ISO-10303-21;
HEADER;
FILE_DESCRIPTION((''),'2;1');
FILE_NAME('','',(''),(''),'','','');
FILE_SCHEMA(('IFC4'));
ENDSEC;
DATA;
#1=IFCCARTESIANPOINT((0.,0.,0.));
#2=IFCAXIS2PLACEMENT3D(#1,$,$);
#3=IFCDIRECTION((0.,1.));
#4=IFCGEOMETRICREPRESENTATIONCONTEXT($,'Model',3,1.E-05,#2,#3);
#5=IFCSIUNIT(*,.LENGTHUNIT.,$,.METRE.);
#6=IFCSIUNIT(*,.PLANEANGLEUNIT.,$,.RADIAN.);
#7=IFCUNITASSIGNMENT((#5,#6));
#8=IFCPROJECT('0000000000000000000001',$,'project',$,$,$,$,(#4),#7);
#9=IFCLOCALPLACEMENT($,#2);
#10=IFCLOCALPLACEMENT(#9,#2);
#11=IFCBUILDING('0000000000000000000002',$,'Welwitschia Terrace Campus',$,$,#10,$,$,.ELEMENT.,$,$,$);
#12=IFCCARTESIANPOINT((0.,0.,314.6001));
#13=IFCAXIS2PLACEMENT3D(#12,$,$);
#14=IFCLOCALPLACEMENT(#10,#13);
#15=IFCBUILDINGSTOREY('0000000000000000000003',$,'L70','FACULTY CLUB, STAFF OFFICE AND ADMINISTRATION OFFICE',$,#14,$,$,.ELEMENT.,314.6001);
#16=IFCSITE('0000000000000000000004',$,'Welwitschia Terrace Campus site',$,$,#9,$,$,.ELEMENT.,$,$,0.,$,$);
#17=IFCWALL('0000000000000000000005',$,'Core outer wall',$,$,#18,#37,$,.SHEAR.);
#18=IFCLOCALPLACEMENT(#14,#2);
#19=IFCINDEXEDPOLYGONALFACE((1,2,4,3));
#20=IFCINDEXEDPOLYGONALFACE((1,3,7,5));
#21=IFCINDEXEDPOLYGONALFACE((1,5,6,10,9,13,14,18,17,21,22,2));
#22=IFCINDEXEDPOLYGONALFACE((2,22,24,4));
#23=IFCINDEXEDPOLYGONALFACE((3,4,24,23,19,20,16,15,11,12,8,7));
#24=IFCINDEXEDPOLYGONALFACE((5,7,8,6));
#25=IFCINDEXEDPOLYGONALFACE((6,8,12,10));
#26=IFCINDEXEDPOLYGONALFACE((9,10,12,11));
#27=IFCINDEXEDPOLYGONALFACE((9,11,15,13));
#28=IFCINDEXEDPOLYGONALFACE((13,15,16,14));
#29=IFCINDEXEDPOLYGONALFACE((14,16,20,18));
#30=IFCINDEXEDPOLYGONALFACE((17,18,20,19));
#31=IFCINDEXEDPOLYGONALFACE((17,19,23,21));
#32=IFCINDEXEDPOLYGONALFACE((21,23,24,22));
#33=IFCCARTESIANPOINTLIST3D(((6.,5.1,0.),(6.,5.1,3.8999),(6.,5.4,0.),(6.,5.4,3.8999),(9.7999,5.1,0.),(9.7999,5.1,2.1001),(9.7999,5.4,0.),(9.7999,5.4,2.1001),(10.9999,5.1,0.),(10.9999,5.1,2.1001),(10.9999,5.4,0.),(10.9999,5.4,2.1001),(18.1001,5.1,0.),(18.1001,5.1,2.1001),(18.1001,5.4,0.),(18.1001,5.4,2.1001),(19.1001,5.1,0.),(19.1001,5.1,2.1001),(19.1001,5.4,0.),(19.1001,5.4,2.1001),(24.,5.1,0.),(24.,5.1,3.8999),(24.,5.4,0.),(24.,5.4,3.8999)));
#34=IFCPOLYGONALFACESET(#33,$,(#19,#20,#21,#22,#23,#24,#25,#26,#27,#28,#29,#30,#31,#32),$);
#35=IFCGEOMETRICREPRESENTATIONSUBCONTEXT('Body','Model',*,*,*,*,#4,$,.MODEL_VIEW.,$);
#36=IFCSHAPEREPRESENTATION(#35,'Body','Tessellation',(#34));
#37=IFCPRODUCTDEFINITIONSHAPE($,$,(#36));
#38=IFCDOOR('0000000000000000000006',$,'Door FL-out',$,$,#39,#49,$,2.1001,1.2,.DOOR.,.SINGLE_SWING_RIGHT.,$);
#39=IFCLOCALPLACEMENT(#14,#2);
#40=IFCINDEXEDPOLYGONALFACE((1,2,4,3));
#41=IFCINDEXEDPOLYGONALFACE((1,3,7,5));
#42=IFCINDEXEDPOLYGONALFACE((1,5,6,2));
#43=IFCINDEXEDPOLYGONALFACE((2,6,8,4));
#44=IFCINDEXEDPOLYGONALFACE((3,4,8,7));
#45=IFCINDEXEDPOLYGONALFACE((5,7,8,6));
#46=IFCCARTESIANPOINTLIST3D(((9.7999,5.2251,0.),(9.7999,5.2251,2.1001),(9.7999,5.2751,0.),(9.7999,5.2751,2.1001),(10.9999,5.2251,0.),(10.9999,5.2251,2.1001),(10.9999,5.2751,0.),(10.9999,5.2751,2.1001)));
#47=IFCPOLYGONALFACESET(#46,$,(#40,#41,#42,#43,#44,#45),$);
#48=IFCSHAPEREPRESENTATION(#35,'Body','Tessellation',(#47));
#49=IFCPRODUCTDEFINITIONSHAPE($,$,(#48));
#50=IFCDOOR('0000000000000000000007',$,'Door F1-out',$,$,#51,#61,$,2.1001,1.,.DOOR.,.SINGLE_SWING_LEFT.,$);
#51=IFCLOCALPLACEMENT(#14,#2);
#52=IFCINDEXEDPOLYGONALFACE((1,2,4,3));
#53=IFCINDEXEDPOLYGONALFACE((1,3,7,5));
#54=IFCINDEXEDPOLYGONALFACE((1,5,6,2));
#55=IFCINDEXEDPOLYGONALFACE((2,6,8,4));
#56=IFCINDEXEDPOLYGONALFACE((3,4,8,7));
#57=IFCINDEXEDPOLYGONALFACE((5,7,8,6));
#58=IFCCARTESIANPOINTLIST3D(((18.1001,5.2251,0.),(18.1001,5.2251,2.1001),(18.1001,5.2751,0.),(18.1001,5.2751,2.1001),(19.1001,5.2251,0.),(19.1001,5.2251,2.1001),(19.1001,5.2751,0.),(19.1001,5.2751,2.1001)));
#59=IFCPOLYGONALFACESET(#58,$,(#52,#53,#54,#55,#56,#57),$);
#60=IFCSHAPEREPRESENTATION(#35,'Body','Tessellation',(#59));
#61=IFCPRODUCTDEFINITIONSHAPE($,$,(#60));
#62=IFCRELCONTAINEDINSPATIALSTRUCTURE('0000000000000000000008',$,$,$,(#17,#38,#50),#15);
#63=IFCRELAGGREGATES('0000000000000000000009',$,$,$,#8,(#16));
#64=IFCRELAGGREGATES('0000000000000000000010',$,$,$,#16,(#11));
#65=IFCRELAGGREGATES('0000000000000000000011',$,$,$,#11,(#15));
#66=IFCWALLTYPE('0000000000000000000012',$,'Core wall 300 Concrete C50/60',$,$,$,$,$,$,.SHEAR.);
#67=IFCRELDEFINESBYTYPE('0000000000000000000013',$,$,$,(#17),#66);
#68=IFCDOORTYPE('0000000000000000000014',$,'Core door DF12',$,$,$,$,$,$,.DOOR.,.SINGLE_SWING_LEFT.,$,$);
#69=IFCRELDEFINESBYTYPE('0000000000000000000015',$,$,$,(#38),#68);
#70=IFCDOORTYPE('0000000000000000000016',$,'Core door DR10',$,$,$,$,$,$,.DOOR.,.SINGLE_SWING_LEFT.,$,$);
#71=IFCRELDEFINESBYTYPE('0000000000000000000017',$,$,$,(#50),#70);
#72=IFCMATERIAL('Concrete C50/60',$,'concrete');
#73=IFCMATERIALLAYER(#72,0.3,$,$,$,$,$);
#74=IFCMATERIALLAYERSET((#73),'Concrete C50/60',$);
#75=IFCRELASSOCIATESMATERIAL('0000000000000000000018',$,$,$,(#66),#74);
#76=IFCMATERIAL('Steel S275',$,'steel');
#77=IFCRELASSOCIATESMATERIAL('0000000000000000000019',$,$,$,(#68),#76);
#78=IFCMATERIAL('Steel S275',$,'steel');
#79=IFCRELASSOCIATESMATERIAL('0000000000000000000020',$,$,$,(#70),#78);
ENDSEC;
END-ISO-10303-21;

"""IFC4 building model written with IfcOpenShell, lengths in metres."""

from ifc_helpers import new_model, si_unit, direction, frame, frame_2d, origin, place, context, subcontext, project, spatial, rectangle, extrude, material, layer, layer_set, type_object, element, fill, save


model = new_model("IFC4")

# Units and contexts
model_context = context("Model", 3, precision=1e-05, world=origin(), true_north=direction((0.0, 1.0)))
body_context = subcontext(model_context, "Body", "Model", "MODEL_VIEW")
ifc_project = project(units=[si_unit("LENGTHUNIT", "METRE"), si_unit("PLANEANGLEUNIT", "RADIAN")], contexts=[model_context])

# Site, building, storey
site_placement = place(None, origin())
site = spatial("IfcSite", under=ifc_project, at=site_placement, Name="Welwitschia Terrace Campus site", CompositionType="ELEMENT", RefElevation=0.0)
building_placement = place(site_placement, origin())
building = spatial("IfcBuilding", under=site, at=building_placement, Name="Welwitschia Terrace Campus", CompositionType="ELEMENT")
storey_placement = place(building_placement, frame((0.0, 0.0, 314.6001)))
storey = spatial("IfcBuildingStorey", under=building, at=storey_placement, Name="L70", Description="FACULTY CLUB, STAFF OFFICE AND ADMINISTRATION OFFICE", CompositionType="ELEMENT", Elevation=314.6001)

# Wall, openings, doors
ifc_material_1 = material(Name="Concrete C50/60", Category="concrete")
ifc_layer_1 = layer(ifc_material_1, 0.3)
ifc_layer_set_1 = layer_set([ifc_layer_1], Name="Concrete C50/60")
wall_type_1 = type_object("IfcWallType", Name="Core wall 300 Concrete C50/60", PredefinedType="SHEAR", material=ifc_layer_set_1)
wall_1_placement = place(storey_placement, frame((24.0, 5.25, 0.0), z_axis=(0.0, 0.0, 1.0), x_axis=(-1.0, 0.0, 0.0)))
wall_1 = element("IfcWall", 1, at=wall_1_placement, inside=storey, type_object=wall_type_1, Name="Core outer wall", PredefinedType="SHEAR", context=body_context, shape_type="SweptSolid", body=[
    extrude(rectangle(XDim=18.0, YDim=0.3, at=frame_2d((9.0, 0.0))), origin(), (0.0, 0.0, 1.0), 3.8999),
])
opening_1_placement = place(wall_1_placement, frame((13.0, 0.0, 0.0)))
opening_1 = element("IfcOpeningElement", 2, at=opening_1_placement, cuts=wall_1, PredefinedType="OPENING", context=body_context, shape_type="SweptSolid", body=[
    extrude(rectangle(XDim=1.2, YDim=2.1001, at=frame_2d((0.6001, 1.05))), frame((0.0, 0.1599, 0.0), z_axis=(0.0, -1.0, 0.0), x_axis=(1.0, 0.0, 0.0)), (0.0, 0.0, 1.0), 0.3201),
])
opening_2_placement = place(wall_1_placement, frame((4.8999, 0.0, 0.0)))
opening_2 = element("IfcOpeningElement", 3, at=opening_2_placement, cuts=wall_1, PredefinedType="OPENING", context=body_context, shape_type="SweptSolid", body=[
    extrude(rectangle(XDim=1.0, YDim=2.1001, at=frame_2d((0.5, 1.05))), frame((0.0, 0.1599, 0.0), z_axis=(0.0, -1.0, 0.0), x_axis=(1.0, 0.0, 0.0)), (0.0, 0.0, 1.0), 0.3201),
])
ifc_material_2 = material(Name="Steel S275", Category="steel")
door_type_1 = type_object("IfcDoorType", Name="Core door DF12", OperationType="SINGLE_SWING_LEFT", PredefinedType="DOOR", material=ifc_material_2)
door_1_placement = place(opening_1_placement, origin())
door_1 = element("IfcDoor", 4, at=door_1_placement, inside=storey, type_object=door_type_1, Name="Door FL-out", OperationType="SINGLE_SWING_RIGHT", OverallHeight=2.1001, OverallWidth=1.2, PredefinedType="DOOR", context=body_context, shape_type="SweptSolid", body=[
    extrude(rectangle(XDim=1.2, YDim=2.1001, at=frame_2d((0.6001, 1.05))), frame((0.0, 0.0249, 0.0), z_axis=(0.0, -1.0, 0.0), x_axis=(1.0, 0.0, 0.0)), (0.0, 0.0, 1.0), 0.05),
])
fill(opening_1, door_1)
ifc_material_3 = material(Name="Steel S275", Category="steel")
door_type_2 = type_object("IfcDoorType", Name="Core door DR10", OperationType="SINGLE_SWING_LEFT", PredefinedType="DOOR", material=ifc_material_3)
door_2_placement = place(opening_2_placement, origin())
door_2 = element("IfcDoor", 5, at=door_2_placement, inside=storey, type_object=door_type_2, Name="Door F1-out", OperationType="SINGLE_SWING_LEFT", OverallHeight=2.1001, OverallWidth=1.0, PredefinedType="DOOR", context=body_context, shape_type="SweptSolid", body=[
    extrude(rectangle(XDim=1.0, YDim=2.1001, at=frame_2d((0.5, 1.05))), frame((0.0, 0.0249, 0.0), z_axis=(0.0, -1.0, 0.0), x_axis=(1.0, 0.0, 0.0)), (0.0, 0.0, 1.0), 0.05),
])
fill(opening_2, door_2)

save(model, "model.ifc")
